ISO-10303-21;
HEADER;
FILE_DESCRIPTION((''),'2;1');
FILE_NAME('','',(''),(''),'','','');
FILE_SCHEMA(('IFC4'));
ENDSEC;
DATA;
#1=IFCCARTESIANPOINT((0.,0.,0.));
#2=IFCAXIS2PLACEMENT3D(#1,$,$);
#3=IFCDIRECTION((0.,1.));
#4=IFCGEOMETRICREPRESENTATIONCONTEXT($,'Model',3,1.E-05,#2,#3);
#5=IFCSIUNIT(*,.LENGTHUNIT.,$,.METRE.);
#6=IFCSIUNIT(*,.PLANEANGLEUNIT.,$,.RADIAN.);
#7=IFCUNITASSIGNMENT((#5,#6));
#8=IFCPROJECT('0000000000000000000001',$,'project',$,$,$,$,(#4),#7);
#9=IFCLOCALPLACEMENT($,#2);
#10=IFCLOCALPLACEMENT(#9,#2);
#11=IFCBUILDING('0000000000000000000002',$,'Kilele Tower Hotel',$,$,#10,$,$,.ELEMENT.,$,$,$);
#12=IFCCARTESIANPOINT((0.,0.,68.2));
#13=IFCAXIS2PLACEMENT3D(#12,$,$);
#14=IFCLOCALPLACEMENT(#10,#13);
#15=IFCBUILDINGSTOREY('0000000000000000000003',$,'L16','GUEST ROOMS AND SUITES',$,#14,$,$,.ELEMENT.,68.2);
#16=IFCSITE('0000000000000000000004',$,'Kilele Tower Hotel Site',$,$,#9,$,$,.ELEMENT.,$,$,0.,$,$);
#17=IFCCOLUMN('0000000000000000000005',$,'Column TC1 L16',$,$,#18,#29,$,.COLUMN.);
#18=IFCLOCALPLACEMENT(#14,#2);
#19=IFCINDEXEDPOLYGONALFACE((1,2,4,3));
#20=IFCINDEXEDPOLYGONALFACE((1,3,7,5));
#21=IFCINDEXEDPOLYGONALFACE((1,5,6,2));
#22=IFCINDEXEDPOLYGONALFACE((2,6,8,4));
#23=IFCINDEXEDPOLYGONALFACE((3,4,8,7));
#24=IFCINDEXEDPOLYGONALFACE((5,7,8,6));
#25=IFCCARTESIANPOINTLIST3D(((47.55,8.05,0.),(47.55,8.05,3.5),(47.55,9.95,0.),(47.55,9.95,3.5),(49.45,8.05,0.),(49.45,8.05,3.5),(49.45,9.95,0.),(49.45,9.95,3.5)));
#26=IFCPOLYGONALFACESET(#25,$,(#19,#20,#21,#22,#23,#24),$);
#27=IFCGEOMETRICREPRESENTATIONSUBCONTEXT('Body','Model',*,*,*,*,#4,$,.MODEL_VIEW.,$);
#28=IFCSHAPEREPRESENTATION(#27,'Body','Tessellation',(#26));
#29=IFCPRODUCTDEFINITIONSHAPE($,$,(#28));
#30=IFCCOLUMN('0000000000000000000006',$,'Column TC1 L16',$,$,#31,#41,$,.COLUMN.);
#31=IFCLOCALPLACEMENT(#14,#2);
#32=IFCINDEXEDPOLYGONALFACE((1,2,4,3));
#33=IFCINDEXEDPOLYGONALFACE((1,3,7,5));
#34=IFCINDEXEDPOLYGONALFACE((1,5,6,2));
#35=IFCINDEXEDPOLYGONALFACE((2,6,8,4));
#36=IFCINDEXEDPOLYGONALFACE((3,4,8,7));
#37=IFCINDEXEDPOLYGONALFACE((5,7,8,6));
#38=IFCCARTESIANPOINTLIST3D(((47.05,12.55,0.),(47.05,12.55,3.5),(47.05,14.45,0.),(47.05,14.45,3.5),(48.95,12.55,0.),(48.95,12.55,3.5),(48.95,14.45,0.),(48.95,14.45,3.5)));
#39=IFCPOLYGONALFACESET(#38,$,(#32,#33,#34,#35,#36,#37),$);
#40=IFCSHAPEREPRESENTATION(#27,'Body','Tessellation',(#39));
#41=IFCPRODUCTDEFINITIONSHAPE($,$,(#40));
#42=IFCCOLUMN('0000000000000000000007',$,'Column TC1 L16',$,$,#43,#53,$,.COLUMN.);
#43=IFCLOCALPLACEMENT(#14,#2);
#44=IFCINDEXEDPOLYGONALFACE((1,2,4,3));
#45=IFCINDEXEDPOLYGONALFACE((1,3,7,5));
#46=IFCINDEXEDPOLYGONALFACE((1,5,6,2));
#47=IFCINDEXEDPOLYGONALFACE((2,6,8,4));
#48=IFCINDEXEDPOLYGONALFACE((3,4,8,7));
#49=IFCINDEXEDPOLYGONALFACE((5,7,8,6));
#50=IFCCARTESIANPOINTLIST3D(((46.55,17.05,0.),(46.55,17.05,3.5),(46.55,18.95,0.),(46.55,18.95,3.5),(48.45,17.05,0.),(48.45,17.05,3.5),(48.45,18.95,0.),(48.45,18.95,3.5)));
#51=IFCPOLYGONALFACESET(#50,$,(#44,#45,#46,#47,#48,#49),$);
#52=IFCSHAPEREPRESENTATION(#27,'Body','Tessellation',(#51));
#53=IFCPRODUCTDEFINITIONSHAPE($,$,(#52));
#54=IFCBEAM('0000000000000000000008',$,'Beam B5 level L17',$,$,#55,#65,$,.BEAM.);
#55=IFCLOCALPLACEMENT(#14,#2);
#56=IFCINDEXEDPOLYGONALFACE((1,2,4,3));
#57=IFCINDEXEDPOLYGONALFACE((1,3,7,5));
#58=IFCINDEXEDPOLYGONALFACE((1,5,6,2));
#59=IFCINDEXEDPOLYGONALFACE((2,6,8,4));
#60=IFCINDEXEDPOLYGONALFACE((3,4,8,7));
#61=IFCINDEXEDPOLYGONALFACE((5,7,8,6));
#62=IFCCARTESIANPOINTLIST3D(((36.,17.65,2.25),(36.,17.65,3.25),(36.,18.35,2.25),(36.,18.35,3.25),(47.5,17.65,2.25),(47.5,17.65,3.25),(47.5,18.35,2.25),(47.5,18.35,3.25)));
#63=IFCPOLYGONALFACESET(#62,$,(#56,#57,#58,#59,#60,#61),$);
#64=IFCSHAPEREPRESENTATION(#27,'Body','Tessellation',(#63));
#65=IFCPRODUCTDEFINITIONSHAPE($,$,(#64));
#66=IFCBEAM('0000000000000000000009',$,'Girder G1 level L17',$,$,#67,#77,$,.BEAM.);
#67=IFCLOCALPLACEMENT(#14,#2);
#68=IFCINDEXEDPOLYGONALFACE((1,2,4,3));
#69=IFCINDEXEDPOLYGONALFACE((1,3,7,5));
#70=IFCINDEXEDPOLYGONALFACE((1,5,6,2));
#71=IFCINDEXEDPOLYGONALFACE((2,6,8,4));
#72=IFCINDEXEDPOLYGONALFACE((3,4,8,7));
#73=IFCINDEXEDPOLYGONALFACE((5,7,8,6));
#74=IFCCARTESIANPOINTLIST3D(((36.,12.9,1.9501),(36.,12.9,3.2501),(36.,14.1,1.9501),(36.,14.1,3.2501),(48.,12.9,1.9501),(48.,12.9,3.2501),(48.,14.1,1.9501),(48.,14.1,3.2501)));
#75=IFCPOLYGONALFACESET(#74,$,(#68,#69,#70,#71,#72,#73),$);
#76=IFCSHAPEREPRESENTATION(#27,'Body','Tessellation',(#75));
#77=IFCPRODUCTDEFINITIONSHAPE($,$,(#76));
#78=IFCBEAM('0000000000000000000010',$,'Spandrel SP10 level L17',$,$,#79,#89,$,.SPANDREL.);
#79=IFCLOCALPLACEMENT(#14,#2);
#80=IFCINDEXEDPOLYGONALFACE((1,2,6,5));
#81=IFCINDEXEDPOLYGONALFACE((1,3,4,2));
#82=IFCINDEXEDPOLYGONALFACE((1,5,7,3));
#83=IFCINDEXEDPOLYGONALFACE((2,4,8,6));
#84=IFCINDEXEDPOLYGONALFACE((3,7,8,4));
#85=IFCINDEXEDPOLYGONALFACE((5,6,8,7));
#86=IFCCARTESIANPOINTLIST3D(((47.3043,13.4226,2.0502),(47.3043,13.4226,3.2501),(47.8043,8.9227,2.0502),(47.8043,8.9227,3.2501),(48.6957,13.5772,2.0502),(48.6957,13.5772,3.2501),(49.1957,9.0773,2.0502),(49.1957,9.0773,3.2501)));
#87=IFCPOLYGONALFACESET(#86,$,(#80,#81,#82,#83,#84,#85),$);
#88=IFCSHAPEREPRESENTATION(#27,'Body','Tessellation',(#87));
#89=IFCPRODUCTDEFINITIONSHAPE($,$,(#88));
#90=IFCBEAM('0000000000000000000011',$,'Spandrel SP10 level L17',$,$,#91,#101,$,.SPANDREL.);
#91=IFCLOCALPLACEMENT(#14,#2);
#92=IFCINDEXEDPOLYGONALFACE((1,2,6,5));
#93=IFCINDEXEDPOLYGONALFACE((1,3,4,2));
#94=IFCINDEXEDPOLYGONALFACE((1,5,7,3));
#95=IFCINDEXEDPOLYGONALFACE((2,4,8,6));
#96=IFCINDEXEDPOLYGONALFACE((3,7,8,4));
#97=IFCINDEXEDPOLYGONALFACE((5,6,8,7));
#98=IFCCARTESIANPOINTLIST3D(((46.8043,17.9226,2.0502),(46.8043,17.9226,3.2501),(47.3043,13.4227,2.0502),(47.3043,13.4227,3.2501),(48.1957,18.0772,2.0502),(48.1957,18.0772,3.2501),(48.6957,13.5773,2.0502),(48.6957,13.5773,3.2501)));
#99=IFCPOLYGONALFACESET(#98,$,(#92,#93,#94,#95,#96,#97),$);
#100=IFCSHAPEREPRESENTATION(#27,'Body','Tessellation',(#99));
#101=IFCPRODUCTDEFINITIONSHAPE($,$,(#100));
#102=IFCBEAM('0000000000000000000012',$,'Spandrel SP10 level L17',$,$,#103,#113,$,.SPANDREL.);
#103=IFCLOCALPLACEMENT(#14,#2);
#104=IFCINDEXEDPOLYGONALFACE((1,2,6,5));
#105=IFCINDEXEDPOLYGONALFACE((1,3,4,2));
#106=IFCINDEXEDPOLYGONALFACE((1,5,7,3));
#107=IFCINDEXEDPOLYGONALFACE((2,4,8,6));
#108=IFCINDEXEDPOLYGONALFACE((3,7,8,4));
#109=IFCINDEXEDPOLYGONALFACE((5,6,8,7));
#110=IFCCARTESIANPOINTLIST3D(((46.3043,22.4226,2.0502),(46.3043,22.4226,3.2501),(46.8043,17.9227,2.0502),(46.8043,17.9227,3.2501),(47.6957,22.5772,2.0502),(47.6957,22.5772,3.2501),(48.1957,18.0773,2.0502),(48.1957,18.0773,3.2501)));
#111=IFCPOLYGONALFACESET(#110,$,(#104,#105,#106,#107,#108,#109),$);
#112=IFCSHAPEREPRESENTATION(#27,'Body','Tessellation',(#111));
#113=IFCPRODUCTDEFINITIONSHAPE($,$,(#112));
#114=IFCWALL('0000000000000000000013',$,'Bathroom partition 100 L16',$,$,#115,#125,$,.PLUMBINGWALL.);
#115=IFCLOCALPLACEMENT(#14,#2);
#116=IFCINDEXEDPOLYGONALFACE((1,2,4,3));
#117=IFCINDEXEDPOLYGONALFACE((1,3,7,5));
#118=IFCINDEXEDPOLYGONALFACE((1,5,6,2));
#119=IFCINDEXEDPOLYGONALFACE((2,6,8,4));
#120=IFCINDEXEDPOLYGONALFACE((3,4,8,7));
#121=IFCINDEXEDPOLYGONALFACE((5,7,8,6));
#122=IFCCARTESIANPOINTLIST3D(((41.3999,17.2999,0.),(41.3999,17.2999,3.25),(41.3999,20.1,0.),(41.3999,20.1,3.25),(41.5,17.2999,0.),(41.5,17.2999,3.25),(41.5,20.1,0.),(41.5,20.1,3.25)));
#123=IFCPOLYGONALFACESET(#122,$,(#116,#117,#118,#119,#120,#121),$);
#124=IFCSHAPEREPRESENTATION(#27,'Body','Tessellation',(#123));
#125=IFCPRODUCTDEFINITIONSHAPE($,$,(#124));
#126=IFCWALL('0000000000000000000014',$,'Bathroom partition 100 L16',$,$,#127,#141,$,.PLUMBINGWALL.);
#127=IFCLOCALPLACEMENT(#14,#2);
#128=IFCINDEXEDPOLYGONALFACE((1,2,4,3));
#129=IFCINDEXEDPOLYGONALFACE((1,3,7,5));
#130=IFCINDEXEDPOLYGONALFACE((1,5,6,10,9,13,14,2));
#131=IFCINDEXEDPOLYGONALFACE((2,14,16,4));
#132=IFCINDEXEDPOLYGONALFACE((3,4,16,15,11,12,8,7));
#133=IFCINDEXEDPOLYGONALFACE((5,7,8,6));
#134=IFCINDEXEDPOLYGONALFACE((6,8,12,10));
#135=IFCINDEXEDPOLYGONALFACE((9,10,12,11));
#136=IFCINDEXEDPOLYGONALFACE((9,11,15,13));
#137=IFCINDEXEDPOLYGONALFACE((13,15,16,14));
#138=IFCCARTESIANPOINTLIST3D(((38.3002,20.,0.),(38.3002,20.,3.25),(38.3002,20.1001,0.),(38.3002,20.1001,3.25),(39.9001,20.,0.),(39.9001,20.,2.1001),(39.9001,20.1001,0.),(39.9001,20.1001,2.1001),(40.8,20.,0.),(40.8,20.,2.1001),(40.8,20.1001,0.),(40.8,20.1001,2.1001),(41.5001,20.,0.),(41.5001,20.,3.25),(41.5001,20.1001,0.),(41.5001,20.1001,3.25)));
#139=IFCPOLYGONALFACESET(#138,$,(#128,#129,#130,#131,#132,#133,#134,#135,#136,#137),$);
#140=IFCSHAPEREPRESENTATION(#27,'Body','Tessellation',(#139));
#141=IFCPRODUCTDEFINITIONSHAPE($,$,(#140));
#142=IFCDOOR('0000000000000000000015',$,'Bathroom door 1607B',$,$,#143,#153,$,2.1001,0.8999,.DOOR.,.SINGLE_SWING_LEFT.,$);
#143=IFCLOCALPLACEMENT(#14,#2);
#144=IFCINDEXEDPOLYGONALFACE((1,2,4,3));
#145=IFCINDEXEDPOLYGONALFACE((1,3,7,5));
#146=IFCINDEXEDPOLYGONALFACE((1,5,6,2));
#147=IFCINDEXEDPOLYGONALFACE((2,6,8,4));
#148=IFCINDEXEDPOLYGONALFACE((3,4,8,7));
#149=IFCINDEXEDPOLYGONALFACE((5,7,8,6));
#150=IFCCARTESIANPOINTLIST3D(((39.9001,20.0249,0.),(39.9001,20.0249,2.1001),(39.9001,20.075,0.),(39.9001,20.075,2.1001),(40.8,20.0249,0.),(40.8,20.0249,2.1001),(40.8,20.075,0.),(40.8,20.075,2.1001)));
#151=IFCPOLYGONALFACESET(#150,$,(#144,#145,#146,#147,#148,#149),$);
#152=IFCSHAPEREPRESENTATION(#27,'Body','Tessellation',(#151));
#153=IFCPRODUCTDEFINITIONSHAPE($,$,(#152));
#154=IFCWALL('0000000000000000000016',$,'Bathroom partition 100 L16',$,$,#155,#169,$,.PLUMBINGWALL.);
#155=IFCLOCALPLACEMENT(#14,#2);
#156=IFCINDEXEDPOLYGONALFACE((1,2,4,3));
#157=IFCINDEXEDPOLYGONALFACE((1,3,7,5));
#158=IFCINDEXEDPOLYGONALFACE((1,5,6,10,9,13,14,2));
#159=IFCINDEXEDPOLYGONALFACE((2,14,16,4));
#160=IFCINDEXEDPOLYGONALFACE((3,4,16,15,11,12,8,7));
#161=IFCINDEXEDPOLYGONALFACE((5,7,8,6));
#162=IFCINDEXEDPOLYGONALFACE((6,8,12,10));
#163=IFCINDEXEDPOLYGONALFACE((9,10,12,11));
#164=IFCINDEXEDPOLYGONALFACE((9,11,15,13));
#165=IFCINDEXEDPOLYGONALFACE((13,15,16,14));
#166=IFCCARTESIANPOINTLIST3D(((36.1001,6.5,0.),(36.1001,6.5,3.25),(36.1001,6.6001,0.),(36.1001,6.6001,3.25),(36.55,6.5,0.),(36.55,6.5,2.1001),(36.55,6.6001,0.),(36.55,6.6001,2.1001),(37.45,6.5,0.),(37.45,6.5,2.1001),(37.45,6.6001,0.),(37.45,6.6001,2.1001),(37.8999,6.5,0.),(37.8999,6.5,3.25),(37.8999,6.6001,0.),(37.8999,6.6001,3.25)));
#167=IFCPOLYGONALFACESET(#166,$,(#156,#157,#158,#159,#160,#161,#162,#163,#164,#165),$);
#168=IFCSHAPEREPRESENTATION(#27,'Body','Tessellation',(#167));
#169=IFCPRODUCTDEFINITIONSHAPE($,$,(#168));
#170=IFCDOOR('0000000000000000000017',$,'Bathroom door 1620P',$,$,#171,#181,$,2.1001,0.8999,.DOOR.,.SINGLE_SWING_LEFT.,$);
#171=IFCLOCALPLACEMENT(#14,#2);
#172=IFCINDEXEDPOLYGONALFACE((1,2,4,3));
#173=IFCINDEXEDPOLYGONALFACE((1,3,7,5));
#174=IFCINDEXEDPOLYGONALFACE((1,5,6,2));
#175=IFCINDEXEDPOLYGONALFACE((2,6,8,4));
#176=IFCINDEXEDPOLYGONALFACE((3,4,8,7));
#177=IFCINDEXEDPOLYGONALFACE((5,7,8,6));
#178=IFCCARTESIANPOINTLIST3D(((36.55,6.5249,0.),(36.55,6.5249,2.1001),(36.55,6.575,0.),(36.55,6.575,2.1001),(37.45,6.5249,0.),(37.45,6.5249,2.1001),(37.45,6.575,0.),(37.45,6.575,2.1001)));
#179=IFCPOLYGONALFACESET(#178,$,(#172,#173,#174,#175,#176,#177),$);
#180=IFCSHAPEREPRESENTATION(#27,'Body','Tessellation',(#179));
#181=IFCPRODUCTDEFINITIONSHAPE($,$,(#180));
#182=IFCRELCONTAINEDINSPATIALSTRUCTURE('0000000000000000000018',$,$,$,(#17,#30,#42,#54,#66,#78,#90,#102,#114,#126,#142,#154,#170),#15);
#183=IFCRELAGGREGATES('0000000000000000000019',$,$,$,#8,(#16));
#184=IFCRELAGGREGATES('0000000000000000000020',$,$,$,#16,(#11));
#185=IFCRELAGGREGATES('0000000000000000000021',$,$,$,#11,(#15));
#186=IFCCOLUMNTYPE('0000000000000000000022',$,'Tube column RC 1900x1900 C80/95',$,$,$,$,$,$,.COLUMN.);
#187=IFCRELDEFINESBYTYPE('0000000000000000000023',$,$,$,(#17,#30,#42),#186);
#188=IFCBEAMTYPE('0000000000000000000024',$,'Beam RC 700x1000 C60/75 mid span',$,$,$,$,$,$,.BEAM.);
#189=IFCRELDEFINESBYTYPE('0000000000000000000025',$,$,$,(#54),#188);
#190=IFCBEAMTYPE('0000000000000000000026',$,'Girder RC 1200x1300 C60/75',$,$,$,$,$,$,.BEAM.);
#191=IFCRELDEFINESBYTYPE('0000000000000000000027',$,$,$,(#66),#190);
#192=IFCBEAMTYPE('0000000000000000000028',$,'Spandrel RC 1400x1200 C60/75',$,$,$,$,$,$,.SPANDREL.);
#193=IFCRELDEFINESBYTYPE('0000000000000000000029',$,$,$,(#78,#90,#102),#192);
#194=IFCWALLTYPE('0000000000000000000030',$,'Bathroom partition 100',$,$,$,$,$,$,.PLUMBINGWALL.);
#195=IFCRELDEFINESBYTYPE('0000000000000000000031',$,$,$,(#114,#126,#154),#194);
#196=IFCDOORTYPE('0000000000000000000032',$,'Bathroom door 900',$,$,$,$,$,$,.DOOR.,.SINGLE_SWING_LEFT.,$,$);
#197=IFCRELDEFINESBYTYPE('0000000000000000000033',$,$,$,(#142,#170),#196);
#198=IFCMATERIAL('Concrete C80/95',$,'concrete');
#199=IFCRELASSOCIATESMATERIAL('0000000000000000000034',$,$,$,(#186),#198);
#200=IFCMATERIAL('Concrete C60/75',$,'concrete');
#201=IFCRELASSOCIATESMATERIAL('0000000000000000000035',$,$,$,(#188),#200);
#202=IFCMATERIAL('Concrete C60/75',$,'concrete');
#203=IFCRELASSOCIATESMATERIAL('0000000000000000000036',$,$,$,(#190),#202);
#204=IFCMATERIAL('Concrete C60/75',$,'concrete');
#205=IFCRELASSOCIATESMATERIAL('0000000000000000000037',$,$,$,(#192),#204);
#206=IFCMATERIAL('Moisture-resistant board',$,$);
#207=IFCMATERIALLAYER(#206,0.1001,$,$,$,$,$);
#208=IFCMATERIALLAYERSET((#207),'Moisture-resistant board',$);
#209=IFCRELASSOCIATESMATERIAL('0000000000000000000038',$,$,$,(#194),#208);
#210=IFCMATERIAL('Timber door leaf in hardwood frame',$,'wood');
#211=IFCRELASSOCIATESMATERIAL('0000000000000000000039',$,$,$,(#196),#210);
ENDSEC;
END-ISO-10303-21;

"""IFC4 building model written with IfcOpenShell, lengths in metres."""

from ifc_helpers import new_model, si_unit, direction, frame, frame_2d, origin, origin_2d, place, context, subcontext, project, spatial, rectangle, extrude, material, layer, layer_set, material_profile, profile_set, type_object, element, fill, save


model = new_model("IFC4")

# Units and contexts
model_context = context("Model", 3, precision=1e-05, world=origin(), true_north=direction((0.0, 1.0)))
body_context = subcontext(model_context, "Body", "Model", "MODEL_VIEW")
ifc_project = project(units=[si_unit("LENGTHUNIT", "METRE"), si_unit("PLANEANGLEUNIT", "RADIAN")], contexts=[model_context])

# Site, building, storey
site_placement = place(None, origin())
site = spatial("IfcSite", under=ifc_project, at=site_placement, Name="Kilele Tower Hotel Site", CompositionType="ELEMENT", RefElevation=0.0)
building_placement = place(site_placement, origin())
building = spatial("IfcBuilding", under=site, at=building_placement, Name="Kilele Tower Hotel", CompositionType="ELEMENT")
storey_placement = place(building_placement, frame((0.0, 0.0, 68.2)))
storey = spatial("IfcBuildingStorey", under=building, at=storey_placement, Name="L16", Description="GUEST ROOMS AND SUITES", CompositionType="ELEMENT", Elevation=68.2)

# Columns
ifc_material_1 = material(Name="Concrete C80/95", Category="concrete")
ifc_material_profile_1 = material_profile(ifc_material_1, rectangle(XDim=1.8999, YDim=1.8999, at=origin_2d()))
ifc_profile_set_1 = profile_set([ifc_material_profile_1], Name="Concrete C80/95")
column_type = type_object("IfcColumnType", Name="Tube column RC 1900x1900 C80/95", PredefinedType="COLUMN", material=ifc_profile_set_1)
for number, where, z_axis, x_axis, name in (
    (1, (48.5, 9.0, 0.0), (0.0, 0.0, 1.0), (1.0, 0.0, 0.0), "Column TC1 L16"),
    (2, (48.0, 13.5, 0.0), (0.0, 0.0, 1.0), (1.0, 0.0, 0.0), "Column TC1 L16"),
    (3, (47.5, 18.0, 0.0), (0.0, 0.0, 1.0), (1.0, 0.0, 0.0), "Column TC1 L16"),
):
    element("IfcColumn", number, at=place(storey_placement, frame(where, z_axis=z_axis, x_axis=x_axis)), inside=storey, type_object=column_type, Name=name, PredefinedType="COLUMN", context=body_context, shape_type="SweptSolid", body=[
        extrude(rectangle(XDim=1.8999, YDim=1.8999, at=origin_2d()), origin(), (0.0, 0.0, 1.0), 3.5),
    ])

# Beams
ifc_material_2 = material(Name="Concrete C60/75", Category="concrete")
ifc_material_profile_2 = material_profile(ifc_material_2, rectangle(XDim=0.7, YDim=1.0, at=origin_2d()))
ifc_profile_set_2 = profile_set([ifc_material_profile_2], Name="Concrete C60/75")
beam_type_1 = type_object("IfcBeamType", Name="Beam RC 700x1000 C60/75 mid span", PredefinedType="BEAM", material=ifc_profile_set_2)
beam_1_placement = place(storey_placement, frame((47.5, 18.0, 2.75), z_axis=(-1.0, 0.0, 0.0), x_axis=(0.0, -1.0, 0.0)))
element("IfcBeam", 4, at=beam_1_placement, inside=storey, type_object=beam_type_1, Name="Beam B5 level L17", PredefinedType="BEAM", context=body_context, shape_type="SweptSolid", body=[
    extrude(rectangle(XDim=0.7, YDim=1.0, at=origin_2d()), origin(), (0.0, 0.0, 1.0), 11.5),
])
ifc_material_3 = material(Name="Concrete C60/75", Category="concrete")
ifc_material_profile_3 = material_profile(ifc_material_3, rectangle(XDim=1.2, YDim=1.3, at=origin_2d()))
ifc_profile_set_3 = profile_set([ifc_material_profile_3], Name="Concrete C60/75")
beam_type_2 = type_object("IfcBeamType", Name="Girder RC 1200x1300 C60/75", PredefinedType="BEAM", material=ifc_profile_set_3)
beam_2_placement = place(storey_placement, frame((48.0, 13.5, 2.6001), z_axis=(-1.0, 0.0, 0.0), x_axis=(0.0, -1.0, 0.0)))
element("IfcBeam", 5, at=beam_2_placement, inside=storey, type_object=beam_type_2, Name="Girder G1 level L17", PredefinedType="BEAM", context=body_context, shape_type="SweptSolid", body=[
    extrude(rectangle(XDim=1.2, YDim=1.3, at=origin_2d()), origin(), (0.0, 0.0, 1.0), 12.0),
])
ifc_material_4 = material(Name="Concrete C60/75", Category="concrete")
ifc_material_profile_4 = material_profile(ifc_material_4, rectangle(XDim=1.3999, YDim=1.2, at=origin_2d()))
ifc_profile_set_4 = profile_set([ifc_material_profile_4], Name="Concrete C60/75")
beam_type_3 = type_object("IfcBeamType", Name="Spandrel RC 1400x1200 C60/75", PredefinedType="SPANDREL", material=ifc_profile_set_4)
for number, where, z_axis, x_axis, name in (
    (6, (48.5, 9.0, 2.6501), (-0.110432, 0.993884, 0.0), (-0.993884, -0.110432, 0.0), "Spandrel SP10 level L17"),
    (7, (48.0, 13.5, 2.6501), (-0.110432, 0.993884, 0.0), (-0.993884, -0.110432, 0.0), "Spandrel SP10 level L17"),
    (8, (47.5, 18.0, 2.6501), (-0.110432, 0.993884, 0.0), (-0.993884, -0.110432, 0.0), "Spandrel SP10 level L17"),
):
    element("IfcBeam", number, at=place(storey_placement, frame(where, z_axis=z_axis, x_axis=x_axis)), inside=storey, type_object=beam_type_3, Name=name, PredefinedType="SPANDREL", context=body_context, shape_type="SweptSolid", body=[
        extrude(rectangle(XDim=1.3999, YDim=1.2, at=origin_2d()), origin(), (0.0, 0.0, 1.0), 4.5276),
    ])

# Wall
ifc_material_5 = material(Name="Moisture-resistant board")
ifc_layer_1 = layer(ifc_material_5, 0.1001)
ifc_layer_set_1 = layer_set([ifc_layer_1], Name="Moisture-resistant board")
wall_type_1 = type_object("IfcWallType", Name="Bathroom partition 100", PredefinedType="PLUMBINGWALL", material=ifc_layer_set_1)
wall_1_placement = place(storey_placement, frame((41.45, 17.3, 0.0), z_axis=(0.0, 0.0, 1.0), x_axis=(0.0, 1.0, 0.0)))
element("IfcWall", 9, at=wall_1_placement, inside=storey, type_object=wall_type_1, Name="Bathroom partition 100 L16", PredefinedType="PLUMBINGWALL", context=body_context, shape_type="SweptSolid", body=[
    extrude(rectangle(XDim=2.8, YDim=0.1001, at=frame_2d((1.3999, 0.0))), origin(), (0.0, 0.0, 1.0), 3.25),
])

# Walls, openings, doors
wall_2_placement = place(storey_placement, frame((38.3, 20.05, 0.0), z_axis=(0.0, 0.0, 1.0), x_axis=(1.0, 0.0, 0.0)))
wall_2 = element("IfcWall", 10, at=wall_2_placement, inside=storey, type_object=wall_type_1, Name="Bathroom partition 100 L16", PredefinedType="PLUMBINGWALL", context=body_context, shape_type="SweptSolid", body=[
    extrude(rectangle(XDim=3.2, YDim=0.1001, at=frame_2d((1.6001, 0.0))), origin(), (0.0, 0.0, 1.0), 3.25),
])
opening_1_placement = place(wall_2_placement, frame((1.6001, 0.0, 0.0)))
opening_1 = element("IfcOpeningElement", 11, at=opening_1_placement, cuts=wall_2, PredefinedType="OPENING", context=body_context, shape_type="SweptSolid", body=[
    extrude(rectangle(XDim=0.8999, YDim=2.1001, at=frame_2d((0.45, 1.05))), frame((0.0, 0.0601, 0.0), z_axis=(0.0, -1.0, 0.0), x_axis=(1.0, 0.0, 0.0)), (0.0, 0.0, 1.0), 0.1201),
])
ifc_material_6 = material(Name="Timber door leaf in hardwood frame", Category="wood")
door_type_1 = type_object("IfcDoorType", Name="Bathroom door 900", OperationType="SINGLE_SWING_LEFT", PredefinedType="DOOR", material=ifc_material_6)
door_1_placement = place(opening_1_placement, origin())
door_1 = element("IfcDoor", 12, at=door_1_placement, inside=storey, type_object=door_type_1, Name="Bathroom door 1607B", OperationType="SINGLE_SWING_LEFT", OverallHeight=2.1001, OverallWidth=0.8999, PredefinedType="DOOR", context=body_context, shape_type="SweptSolid", body=[
    extrude(rectangle(XDim=0.8999, YDim=2.1001, at=frame_2d((0.45, 1.05))), frame((0.0, 0.0249, 0.0), z_axis=(0.0, -1.0, 0.0), x_axis=(1.0, 0.0, 0.0)), (0.0, 0.0, 1.0), 0.05),
])
fill(opening_1, door_1)
wall_3_placement = place(storey_placement, frame((36.1001, 6.55, 0.0), z_axis=(0.0, 0.0, 1.0), x_axis=(1.0, 0.0, 0.0)))
wall_3 = element("IfcWall", 13, at=wall_3_placement, inside=storey, type_object=wall_type_1, Name="Bathroom partition 100 L16", PredefinedType="PLUMBINGWALL", context=body_context, shape_type="SweptSolid", body=[
    extrude(rectangle(XDim=1.7998, YDim=0.1001, at=frame_2d((0.8999, 0.0))), origin(), (0.0, 0.0, 1.0), 3.25),
])
opening_2_placement = place(wall_3_placement, frame((0.45, 0.0, 0.0)))
opening_2 = element("IfcOpeningElement", 14, at=opening_2_placement, cuts=wall_3, PredefinedType="OPENING", context=body_context, shape_type="SweptSolid", body=[
    extrude(rectangle(XDim=0.8999, YDim=2.1001, at=frame_2d((0.45, 1.05))), frame((0.0, 0.0601, 0.0), z_axis=(0.0, -1.0, 0.0), x_axis=(1.0, 0.0, 0.0)), (0.0, 0.0, 1.0), 0.1201),
])
door_2_placement = place(opening_2_placement, origin())
door_2 = element("IfcDoor", 15, at=door_2_placement, inside=storey, type_object=door_type_1, Name="Bathroom door 1620P", OperationType="SINGLE_SWING_LEFT", OverallHeight=2.1001, OverallWidth=0.8999, PredefinedType="DOOR", context=body_context, shape_type="SweptSolid", body=[
    extrude(rectangle(XDim=0.8999, YDim=2.1001, at=frame_2d((0.45, 1.05))), frame((0.0, 0.0249, 0.0), z_axis=(0.0, -1.0, 0.0), x_axis=(1.0, 0.0, 0.0)), (0.0, 0.0, 1.0), 0.05),
])
fill(opening_2, door_2)

save(model, "model.ifc")
